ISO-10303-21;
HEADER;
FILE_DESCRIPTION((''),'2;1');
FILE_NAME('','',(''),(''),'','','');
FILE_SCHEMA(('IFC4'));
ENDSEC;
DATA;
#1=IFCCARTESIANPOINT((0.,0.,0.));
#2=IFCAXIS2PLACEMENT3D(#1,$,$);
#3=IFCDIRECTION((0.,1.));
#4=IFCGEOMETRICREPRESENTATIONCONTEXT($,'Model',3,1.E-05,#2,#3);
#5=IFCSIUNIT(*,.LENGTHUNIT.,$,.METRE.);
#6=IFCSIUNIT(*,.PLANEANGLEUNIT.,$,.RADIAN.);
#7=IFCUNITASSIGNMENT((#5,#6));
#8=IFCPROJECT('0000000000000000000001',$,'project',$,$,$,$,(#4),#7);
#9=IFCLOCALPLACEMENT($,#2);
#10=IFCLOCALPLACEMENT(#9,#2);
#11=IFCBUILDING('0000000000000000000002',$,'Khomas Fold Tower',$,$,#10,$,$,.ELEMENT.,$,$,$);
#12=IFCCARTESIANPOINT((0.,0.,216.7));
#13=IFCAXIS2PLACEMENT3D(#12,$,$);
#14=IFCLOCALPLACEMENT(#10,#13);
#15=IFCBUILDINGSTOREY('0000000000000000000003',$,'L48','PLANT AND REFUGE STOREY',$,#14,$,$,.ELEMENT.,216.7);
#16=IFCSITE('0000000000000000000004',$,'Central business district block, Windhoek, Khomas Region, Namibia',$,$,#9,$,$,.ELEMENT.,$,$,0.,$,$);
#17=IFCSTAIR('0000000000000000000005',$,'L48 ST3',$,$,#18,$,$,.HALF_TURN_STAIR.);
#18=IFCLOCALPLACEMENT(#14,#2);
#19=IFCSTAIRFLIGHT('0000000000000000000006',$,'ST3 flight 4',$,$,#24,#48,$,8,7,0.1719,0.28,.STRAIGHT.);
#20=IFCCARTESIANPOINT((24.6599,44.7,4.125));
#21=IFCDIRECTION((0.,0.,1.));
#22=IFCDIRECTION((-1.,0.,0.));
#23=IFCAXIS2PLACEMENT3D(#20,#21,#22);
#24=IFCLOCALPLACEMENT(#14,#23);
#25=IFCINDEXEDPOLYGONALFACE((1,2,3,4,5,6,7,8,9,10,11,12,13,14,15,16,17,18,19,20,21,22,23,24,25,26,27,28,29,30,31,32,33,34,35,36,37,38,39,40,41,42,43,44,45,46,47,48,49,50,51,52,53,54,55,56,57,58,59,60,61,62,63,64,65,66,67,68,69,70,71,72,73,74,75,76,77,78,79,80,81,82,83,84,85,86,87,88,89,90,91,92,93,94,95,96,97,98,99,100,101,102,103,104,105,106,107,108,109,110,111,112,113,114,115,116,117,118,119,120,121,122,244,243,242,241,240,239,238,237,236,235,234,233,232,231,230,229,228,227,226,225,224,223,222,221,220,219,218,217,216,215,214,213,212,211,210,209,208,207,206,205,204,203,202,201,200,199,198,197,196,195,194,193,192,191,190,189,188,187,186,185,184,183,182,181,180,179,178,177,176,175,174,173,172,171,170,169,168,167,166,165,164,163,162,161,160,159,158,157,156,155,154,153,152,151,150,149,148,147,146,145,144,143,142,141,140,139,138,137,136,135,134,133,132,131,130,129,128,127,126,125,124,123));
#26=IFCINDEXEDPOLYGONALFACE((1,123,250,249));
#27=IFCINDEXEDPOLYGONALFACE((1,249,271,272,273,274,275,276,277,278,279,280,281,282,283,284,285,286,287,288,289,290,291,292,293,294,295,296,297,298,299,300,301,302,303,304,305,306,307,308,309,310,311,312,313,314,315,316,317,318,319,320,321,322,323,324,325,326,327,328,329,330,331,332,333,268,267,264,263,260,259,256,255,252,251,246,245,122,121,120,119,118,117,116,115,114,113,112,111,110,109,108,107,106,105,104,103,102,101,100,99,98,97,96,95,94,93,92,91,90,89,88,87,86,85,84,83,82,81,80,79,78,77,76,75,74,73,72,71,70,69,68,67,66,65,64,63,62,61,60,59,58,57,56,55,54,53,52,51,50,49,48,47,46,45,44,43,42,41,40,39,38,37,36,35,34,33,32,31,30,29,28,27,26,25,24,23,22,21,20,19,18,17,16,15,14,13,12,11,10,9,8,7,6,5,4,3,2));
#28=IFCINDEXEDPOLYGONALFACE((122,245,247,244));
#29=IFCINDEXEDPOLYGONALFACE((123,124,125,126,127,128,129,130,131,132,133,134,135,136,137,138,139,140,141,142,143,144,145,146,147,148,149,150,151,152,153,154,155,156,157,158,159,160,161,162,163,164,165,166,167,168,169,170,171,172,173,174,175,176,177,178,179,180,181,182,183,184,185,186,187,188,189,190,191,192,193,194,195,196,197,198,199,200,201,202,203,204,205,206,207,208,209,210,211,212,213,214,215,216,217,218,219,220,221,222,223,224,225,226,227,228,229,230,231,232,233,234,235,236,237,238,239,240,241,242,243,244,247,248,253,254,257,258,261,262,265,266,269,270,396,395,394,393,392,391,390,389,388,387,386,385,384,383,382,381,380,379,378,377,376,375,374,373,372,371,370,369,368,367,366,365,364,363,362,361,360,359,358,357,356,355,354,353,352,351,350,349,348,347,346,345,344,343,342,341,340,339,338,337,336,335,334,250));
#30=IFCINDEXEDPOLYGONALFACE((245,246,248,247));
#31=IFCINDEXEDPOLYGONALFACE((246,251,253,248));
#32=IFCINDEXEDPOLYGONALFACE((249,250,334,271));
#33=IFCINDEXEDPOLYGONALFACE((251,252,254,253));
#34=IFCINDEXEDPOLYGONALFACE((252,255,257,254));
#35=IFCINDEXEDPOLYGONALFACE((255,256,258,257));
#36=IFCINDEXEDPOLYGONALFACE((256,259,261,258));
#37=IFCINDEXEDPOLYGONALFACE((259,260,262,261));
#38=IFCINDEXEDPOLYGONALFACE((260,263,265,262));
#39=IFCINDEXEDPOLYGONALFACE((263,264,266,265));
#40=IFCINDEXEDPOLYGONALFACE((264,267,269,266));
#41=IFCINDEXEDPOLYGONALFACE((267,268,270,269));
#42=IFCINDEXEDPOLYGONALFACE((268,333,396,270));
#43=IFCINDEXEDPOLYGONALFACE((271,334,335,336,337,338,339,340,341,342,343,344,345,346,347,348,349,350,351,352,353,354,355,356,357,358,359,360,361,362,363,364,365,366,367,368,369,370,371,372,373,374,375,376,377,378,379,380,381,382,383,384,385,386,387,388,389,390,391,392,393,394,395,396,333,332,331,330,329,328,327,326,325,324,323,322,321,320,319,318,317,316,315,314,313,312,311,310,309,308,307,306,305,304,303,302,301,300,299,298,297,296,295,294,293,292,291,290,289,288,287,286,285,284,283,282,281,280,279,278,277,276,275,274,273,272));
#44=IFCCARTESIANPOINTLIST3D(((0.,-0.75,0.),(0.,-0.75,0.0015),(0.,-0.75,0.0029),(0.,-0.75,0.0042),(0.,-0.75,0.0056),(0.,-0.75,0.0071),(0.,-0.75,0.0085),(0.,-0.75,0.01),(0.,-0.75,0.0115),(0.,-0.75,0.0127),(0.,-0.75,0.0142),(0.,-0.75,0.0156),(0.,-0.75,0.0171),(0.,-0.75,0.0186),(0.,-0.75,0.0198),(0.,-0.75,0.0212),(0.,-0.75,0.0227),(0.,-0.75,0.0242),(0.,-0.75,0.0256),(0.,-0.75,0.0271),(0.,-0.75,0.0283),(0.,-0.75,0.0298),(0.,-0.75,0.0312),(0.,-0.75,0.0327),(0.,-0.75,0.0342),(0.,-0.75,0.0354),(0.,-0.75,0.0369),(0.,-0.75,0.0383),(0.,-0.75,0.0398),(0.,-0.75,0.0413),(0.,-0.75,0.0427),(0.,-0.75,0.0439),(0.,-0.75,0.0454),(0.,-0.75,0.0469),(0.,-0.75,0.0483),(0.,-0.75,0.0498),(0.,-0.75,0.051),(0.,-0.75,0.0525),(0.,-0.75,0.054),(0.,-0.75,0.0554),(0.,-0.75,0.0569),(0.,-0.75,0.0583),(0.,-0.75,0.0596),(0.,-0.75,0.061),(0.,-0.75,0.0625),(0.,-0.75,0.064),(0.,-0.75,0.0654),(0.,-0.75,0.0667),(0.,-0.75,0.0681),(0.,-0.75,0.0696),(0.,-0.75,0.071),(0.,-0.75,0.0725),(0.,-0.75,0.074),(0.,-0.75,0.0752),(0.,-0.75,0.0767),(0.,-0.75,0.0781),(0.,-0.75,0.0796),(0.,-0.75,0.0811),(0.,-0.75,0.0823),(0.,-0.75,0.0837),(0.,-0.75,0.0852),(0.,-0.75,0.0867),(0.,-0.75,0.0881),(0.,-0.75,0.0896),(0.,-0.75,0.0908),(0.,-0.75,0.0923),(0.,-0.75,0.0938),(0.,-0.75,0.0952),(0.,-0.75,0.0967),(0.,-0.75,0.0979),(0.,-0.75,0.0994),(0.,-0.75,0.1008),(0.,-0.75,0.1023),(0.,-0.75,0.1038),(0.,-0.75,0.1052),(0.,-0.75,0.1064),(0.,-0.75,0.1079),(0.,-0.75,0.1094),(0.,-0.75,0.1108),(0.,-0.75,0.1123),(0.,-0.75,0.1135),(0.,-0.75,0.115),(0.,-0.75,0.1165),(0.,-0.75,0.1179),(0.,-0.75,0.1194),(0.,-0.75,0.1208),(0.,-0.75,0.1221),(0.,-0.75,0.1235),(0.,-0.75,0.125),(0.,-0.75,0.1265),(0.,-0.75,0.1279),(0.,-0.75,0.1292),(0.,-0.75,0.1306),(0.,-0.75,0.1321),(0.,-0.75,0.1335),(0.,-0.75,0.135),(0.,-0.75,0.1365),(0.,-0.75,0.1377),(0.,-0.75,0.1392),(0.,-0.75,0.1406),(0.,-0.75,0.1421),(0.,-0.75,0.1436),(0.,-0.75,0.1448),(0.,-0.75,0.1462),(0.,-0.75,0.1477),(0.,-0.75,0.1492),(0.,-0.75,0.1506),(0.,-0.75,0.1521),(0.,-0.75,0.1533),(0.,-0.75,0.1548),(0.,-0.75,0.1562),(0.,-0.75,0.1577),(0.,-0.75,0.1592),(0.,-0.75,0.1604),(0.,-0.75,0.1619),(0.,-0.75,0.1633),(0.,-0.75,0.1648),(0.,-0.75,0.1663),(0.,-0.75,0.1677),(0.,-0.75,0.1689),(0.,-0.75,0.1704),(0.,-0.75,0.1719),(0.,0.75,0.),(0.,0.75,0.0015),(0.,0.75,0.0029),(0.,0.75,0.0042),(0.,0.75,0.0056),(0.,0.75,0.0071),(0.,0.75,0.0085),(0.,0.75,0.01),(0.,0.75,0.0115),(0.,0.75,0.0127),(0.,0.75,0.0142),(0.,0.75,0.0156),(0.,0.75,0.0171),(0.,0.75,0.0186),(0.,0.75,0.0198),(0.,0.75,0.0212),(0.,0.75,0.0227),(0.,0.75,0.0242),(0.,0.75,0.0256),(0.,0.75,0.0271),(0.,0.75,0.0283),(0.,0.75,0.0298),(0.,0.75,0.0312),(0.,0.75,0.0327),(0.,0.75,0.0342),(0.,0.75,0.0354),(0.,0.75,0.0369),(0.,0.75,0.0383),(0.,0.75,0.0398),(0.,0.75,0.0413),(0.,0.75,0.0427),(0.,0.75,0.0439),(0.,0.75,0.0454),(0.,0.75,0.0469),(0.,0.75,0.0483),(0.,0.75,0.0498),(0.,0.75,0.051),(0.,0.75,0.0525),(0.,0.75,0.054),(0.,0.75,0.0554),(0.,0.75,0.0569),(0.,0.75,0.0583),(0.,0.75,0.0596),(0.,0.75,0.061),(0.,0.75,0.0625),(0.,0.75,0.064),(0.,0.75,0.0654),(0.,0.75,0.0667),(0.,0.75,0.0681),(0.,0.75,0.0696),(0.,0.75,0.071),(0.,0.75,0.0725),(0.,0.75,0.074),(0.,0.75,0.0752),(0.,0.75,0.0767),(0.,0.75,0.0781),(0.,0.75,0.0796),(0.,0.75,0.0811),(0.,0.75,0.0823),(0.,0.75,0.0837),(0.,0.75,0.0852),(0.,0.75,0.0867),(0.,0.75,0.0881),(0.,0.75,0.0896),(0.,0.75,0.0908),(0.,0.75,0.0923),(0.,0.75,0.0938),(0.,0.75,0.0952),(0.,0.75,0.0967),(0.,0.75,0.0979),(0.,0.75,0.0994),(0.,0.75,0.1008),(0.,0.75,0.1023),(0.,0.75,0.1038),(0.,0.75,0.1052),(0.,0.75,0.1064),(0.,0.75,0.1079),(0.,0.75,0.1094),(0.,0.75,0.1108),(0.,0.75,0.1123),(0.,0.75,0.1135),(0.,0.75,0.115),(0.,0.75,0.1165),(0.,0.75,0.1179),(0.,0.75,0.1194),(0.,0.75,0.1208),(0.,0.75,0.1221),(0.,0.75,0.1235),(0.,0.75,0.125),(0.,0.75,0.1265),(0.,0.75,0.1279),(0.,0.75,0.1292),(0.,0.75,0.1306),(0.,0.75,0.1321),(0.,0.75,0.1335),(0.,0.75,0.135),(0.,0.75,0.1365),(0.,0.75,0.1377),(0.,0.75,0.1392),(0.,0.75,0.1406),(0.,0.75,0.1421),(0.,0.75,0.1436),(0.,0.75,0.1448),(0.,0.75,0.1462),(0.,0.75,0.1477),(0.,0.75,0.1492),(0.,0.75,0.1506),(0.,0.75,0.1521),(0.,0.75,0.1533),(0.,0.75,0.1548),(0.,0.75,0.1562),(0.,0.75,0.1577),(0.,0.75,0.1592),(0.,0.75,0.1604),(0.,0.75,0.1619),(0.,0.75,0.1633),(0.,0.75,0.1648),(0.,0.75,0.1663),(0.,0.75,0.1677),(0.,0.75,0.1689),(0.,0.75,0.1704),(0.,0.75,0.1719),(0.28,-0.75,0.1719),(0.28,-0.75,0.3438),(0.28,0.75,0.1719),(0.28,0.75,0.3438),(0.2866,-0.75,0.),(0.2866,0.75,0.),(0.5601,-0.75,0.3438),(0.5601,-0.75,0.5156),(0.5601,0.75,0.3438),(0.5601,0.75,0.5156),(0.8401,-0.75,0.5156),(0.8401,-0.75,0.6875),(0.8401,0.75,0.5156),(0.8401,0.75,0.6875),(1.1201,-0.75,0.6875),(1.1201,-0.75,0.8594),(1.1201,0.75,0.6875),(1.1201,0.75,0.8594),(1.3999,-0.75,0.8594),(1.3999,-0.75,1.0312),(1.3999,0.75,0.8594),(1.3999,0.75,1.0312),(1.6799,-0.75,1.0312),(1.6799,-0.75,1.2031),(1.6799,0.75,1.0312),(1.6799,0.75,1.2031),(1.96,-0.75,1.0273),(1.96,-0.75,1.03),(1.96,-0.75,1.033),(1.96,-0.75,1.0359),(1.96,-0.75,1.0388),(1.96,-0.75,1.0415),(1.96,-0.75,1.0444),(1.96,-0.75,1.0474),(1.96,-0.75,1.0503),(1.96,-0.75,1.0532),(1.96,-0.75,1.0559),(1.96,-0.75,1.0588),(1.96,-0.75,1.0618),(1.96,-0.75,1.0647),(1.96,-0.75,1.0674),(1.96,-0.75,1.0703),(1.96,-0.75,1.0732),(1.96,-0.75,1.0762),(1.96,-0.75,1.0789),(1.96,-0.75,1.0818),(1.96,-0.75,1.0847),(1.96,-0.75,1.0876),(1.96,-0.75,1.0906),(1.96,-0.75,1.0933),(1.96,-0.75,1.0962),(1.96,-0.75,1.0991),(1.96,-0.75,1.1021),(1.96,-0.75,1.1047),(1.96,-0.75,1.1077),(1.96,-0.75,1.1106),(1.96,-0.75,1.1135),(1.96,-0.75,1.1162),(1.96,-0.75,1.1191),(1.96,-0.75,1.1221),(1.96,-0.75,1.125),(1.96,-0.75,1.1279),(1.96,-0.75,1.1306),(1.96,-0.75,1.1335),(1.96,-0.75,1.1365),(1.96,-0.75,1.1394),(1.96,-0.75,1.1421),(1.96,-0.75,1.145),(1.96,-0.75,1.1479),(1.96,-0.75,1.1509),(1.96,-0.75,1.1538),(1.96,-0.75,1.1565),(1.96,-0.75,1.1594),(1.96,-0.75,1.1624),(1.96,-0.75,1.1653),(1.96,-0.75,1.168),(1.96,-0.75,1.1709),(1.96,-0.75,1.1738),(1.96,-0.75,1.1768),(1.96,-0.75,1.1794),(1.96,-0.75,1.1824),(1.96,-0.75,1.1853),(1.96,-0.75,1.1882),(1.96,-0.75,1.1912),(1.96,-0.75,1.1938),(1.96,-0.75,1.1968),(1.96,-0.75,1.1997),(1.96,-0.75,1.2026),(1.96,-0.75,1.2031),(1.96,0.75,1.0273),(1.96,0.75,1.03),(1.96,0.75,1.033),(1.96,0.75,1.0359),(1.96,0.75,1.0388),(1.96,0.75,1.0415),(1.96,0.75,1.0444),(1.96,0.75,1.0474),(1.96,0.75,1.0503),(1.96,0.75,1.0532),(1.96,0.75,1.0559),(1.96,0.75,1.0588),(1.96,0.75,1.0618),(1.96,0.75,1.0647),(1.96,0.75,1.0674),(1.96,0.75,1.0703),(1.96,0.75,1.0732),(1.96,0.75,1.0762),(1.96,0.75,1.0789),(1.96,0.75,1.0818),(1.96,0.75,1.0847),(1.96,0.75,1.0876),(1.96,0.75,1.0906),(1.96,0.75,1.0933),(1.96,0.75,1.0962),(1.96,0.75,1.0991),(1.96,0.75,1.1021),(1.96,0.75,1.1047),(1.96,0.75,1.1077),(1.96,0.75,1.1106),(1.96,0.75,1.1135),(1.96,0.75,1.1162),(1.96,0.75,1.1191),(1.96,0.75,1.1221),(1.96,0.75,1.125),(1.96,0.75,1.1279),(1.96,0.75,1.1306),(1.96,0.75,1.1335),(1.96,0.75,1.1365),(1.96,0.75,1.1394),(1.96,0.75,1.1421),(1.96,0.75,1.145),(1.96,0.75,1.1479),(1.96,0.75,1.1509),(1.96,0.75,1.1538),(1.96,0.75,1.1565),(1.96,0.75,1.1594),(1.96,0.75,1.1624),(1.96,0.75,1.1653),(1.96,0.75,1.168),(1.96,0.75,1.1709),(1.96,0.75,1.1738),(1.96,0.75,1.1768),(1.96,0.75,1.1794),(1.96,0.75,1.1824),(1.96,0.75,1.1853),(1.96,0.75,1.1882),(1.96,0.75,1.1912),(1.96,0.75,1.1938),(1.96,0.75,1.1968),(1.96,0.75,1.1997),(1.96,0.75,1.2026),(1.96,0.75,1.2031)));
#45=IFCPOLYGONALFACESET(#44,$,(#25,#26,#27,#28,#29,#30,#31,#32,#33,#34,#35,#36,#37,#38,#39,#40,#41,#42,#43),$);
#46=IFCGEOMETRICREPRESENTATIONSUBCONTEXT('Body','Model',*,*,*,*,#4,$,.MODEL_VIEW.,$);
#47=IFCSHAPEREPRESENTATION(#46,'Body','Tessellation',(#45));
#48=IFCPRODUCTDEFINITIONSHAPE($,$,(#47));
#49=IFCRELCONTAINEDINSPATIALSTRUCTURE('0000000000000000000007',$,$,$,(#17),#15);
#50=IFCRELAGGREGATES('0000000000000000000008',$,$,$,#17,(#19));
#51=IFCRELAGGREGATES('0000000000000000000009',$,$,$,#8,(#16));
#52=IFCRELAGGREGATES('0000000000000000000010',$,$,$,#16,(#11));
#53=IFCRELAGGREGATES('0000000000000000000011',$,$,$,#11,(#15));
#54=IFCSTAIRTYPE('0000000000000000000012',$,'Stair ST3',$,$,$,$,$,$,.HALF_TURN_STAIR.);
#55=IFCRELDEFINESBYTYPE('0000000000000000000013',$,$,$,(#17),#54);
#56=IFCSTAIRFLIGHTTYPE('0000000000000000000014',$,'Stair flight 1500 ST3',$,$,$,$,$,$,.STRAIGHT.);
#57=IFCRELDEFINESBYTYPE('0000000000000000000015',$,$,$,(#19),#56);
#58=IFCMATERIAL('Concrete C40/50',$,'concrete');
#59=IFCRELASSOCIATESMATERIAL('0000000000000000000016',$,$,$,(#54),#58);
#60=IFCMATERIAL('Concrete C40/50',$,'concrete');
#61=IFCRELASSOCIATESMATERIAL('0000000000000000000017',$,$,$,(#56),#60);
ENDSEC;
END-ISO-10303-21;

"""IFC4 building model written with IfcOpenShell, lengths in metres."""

from ifc_helpers import new_model, si_unit, direction, frame, origin, place, context, subcontext, project, spatial, polyline, outline, extrude, source, transform, mapped, material, type_object, element, aggregate, save


model = new_model("IFC4")

# Units and contexts
model_context = context("Model", 3, precision=1e-05, world=origin(), true_north=direction((0.0, 1.0)))
body_context = subcontext(model_context, "Body", "Model", "MODEL_VIEW")
ifc_project = project(units=[si_unit("LENGTHUNIT", "METRE"), si_unit("PLANEANGLEUNIT", "RADIAN")], contexts=[model_context])

# Site, building, storey
site_placement = place(None, origin())
site = spatial("IfcSite", under=ifc_project, at=site_placement, Name="Central business district block, Windhoek, Khomas Region, Namibia", CompositionType="ELEMENT", RefElevation=0.0)
building_placement = place(site_placement, origin())
building = spatial("IfcBuilding", under=site, at=building_placement, Name="Khomas Fold Tower", CompositionType="ELEMENT")
storey_placement = place(building_placement, frame((0.0, 0.0, 216.7)))
storey = spatial("IfcBuildingStorey", under=building, at=storey_placement, Name="L48", Description="PLANT AND REFUGE STOREY", CompositionType="ELEMENT", Elevation=216.7)

# Stair, stair flight
ifc_material_1 = material(Name="Concrete C40/50", Category="concrete")
stair_type = type_object("IfcStairType", Name="Stair ST3", PredefinedType="HALF_TURN_STAIR", material=ifc_material_1)
stair_placement = place(storey_placement, origin())
stair = element("IfcStair", 1, at=stair_placement, inside=storey, type_object=stair_type, Name="L48 ST3", PredefinedType="HALF_TURN_STAIR")
ifc_material_2 = material(Name="Concrete C40/50", Category="concrete")
stair_flight_type = type_object("IfcStairFlightType", Name="Stair flight 1500 ST3", PredefinedType="STRAIGHT", material=ifc_material_2)
shared_shape_1 = source(origin(), body_context, "Body", "SweptSolid", [
    extrude(outline(polyline([(0.0, 0.0), (0.0, 0.0015), (0.0, 0.0029), (0.0, 0.0042), (0.0, 0.0056), (0.0, 0.0071), (0.0, 0.0085), (0.0, 0.01), (0.0, 0.0115), (0.0, 0.0127), (0.0, 0.0142), (0.0, 0.0156), (0.0, 0.0171), (0.0, 0.0186), (0.0, 0.0198), (0.0, 0.0212), (0.0, 0.0227), (0.0, 0.0242), (0.0, 0.0256), (0.0, 0.0271), (0.0, 0.0283), (0.0, 0.0298), (0.0, 0.0312), (0.0, 0.0327), (0.0, 0.0342), (0.0, 0.0354), (0.0, 0.0369), (0.0, 0.0383), (0.0, 0.0398), (0.0, 0.0413), (0.0, 0.0427), (0.0, 0.0439), (0.0, 0.0454), (0.0, 0.0469), (0.0, 0.0483), (0.0, 0.0498), (0.0, 0.051), (0.0, 0.0525), (0.0, 0.054), (0.0, 0.0554), (0.0, 0.0569), (0.0, 0.0583), (0.0, 0.0596), (0.0, 0.061), (0.0, 0.0625), (0.0, 0.064), (0.0, 0.0654), (0.0, 0.0667), (0.0, 0.0681), (0.0, 0.0696), (0.0, 0.071), (0.0, 0.0725), (0.0, 0.074), (0.0, 0.0752), (0.0, 0.0767), (0.0, 0.0781), (0.0, 0.0796), (0.0, 0.0811), (0.0, 0.0823), (0.0, 0.0837), (0.0, 0.0852), (0.0, 0.0867), (0.0, 0.0881), (0.0, 0.0896), (0.0, 0.0908), (0.0, 0.0923), (0.0, 0.0938), (0.0, 0.0952), (0.0, 0.0967), (0.0, 0.0979), (0.0, 0.0994), (0.0, 0.1008), (0.0, 0.1023), (0.0, 0.1038), (0.0, 0.1052), (0.0, 0.1064), (0.0, 0.1079), (0.0, 0.1094), (0.0, 0.1108), (0.0, 0.1123), (0.0, 0.1135), (0.0, 0.115), (0.0, 0.1165), (0.0, 0.1179), (0.0, 0.1194), (0.0, 0.1208), (0.0, 0.1221), (0.0, 0.1235), (0.0, 0.125), (0.0, 0.1265), (0.0, 0.1279), (0.0, 0.1292), (0.0, 0.1306), (0.0, 0.1321), (0.0, 0.1335), (0.0, 0.135), (0.0, 0.1365), (0.0, 0.1377), (0.0, 0.1392), (0.0, 0.1406), (0.0, 0.1421), (0.0, 0.1436), (0.0, 0.1448), (0.0, 0.1462), (0.0, 0.1477), (0.0, 0.1492), (0.0, 0.1506), (0.0, 0.1521), (0.0, 0.1533), (0.0, 0.1548), (0.0, 0.1562), (0.0, 0.1577), (0.0, 0.1592), (0.0, 0.1604), (0.0, 0.1619), (0.0, 0.1633), (0.0, 0.1648), (0.0, 0.1663), (0.0, 0.1677), (0.0, 0.1689), (0.0, 0.1704), (0.0, 0.1719), (0.28, 0.1719), (0.28, 0.3438), (0.5601, 0.3438), (0.5601, 0.5156), (0.8401, 0.5156), (0.8401, 0.6875), (1.1201, 0.6875), (1.1201, 0.8594), (1.3999, 0.8594), (1.3999, 1.0312), (1.6799, 1.0312), (1.6799, 1.2031), (1.96, 1.2031), (1.96, 1.375), (1.96, 1.3721), (1.96, 1.3691), (1.96, 1.3665), (1.96, 1.3635), (1.96, 1.3606), (1.96, 1.3577), (1.96, 1.355), (1.96, 1.3521), (1.96, 1.3491), (1.96, 1.3462), (1.96, 1.3435), (1.96, 1.3406), (1.96, 1.3376), (1.96, 1.3347), (1.96, 1.3318), (1.96, 1.3291), (1.96, 1.3262), (1.96, 1.3232), (1.96, 1.3203), (1.96, 1.3176), (1.96, 1.3147), (1.96, 1.3118), (1.96, 1.3088), (1.96, 1.3059), (1.96, 1.3032), (1.96, 1.3003), (1.96, 1.2974), (1.96, 1.2944), (1.96, 1.2917), (1.96, 1.2888), (1.96, 1.2859), (1.96, 1.283), (1.96, 1.2803), (1.96, 1.2773), (1.96, 1.2744), (1.96, 1.2715), (1.96, 1.2686), (1.96, 1.2659), (1.96, 1.2629), (1.96, 1.26), (1.96, 1.2571), (1.96, 1.2544), (1.96, 1.2515), (1.96, 1.2485), (1.96, 1.2456), (1.96, 1.2427), (1.96, 1.24), (1.96, 1.2371), (1.96, 1.2341), (1.96, 1.2312), (1.96, 1.2285), (1.96, 1.2256), (1.96, 1.2227), (1.96, 1.2197), (1.96, 1.217), (1.96, 1.2141), (1.96, 1.2112), (1.96, 1.2083), (1.96, 1.2053), (1.96, 1.2026), (1.96, 1.1997), (1.96, 1.1968), (1.96, 1.1938), (1.96, 1.1912), (1.96, 1.1882), (1.96, 1.1853), (1.96, 1.1824), (1.96, 1.1794), (1.96, 1.1768), (1.96, 1.1738), (1.96, 1.1709), (1.96, 1.168), (1.96, 1.1653), (1.96, 1.1624), (1.96, 1.1594), (1.96, 1.1565), (1.96, 1.1538), (1.96, 1.1509), (1.96, 1.1479), (1.96, 1.145), (1.96, 1.1421), (1.96, 1.1394), (1.96, 1.1365), (1.96, 1.1335), (1.96, 1.1306), (1.96, 1.1279), (1.96, 1.125), (1.96, 1.1221), (1.96, 1.1191), (1.96, 1.1162), (1.96, 1.1135), (1.96, 1.1106), (1.96, 1.1077), (1.96, 1.1047), (1.96, 1.1021), (1.96, 1.0991), (1.96, 1.0962), (1.96, 1.0933), (1.96, 1.0906), (1.96, 1.0876), (1.96, 1.0847), (1.96, 1.0818), (1.96, 1.0789), (1.96, 1.0762), (1.96, 1.0732), (1.96, 1.0703), (1.96, 1.0674), (1.96, 1.0647), (1.96, 1.0618), (1.96, 1.0588), (1.96, 1.0559), (1.96, 1.0532), (1.96, 1.0503), (1.96, 1.0474), (1.96, 1.0444), (1.96, 1.0415), (1.96, 1.0388), (1.96, 1.0359), (1.96, 1.033), (1.96, 1.03), (1.96, 1.0273), (0.2866, 0.0), (0.0, 0.0)])), frame((0.0, 0.75, 0.0), z_axis=(0.0, -1.0, 0.0), x_axis=(1.0, 0.0, 0.0)), (0.0, 0.0, 1.0), 1.5),
])
stair_flight_1_placement = place(storey_placement, frame((24.6599, 44.7, 4.125), z_axis=(0.0, 0.0, 1.0), x_axis=(-1.0, 0.0, 0.0)))
stair_flight_1 = element("IfcStairFlight", 2, at=stair_flight_1_placement, type_object=stair_flight_type, Name="ST3 flight 4", NumberOfRisers=8, NumberOfTreads=7, PredefinedType="STRAIGHT", RiserHeight=0.1719, TreadLength=0.28, context=body_context, shape_type="MappedRepresentation", body=[
    mapped(shared_shape_1, transform((0.0, 0.0, 0.0))),
])
aggregate(stair, [stair_flight_1])

save(model, "model.ifc")
